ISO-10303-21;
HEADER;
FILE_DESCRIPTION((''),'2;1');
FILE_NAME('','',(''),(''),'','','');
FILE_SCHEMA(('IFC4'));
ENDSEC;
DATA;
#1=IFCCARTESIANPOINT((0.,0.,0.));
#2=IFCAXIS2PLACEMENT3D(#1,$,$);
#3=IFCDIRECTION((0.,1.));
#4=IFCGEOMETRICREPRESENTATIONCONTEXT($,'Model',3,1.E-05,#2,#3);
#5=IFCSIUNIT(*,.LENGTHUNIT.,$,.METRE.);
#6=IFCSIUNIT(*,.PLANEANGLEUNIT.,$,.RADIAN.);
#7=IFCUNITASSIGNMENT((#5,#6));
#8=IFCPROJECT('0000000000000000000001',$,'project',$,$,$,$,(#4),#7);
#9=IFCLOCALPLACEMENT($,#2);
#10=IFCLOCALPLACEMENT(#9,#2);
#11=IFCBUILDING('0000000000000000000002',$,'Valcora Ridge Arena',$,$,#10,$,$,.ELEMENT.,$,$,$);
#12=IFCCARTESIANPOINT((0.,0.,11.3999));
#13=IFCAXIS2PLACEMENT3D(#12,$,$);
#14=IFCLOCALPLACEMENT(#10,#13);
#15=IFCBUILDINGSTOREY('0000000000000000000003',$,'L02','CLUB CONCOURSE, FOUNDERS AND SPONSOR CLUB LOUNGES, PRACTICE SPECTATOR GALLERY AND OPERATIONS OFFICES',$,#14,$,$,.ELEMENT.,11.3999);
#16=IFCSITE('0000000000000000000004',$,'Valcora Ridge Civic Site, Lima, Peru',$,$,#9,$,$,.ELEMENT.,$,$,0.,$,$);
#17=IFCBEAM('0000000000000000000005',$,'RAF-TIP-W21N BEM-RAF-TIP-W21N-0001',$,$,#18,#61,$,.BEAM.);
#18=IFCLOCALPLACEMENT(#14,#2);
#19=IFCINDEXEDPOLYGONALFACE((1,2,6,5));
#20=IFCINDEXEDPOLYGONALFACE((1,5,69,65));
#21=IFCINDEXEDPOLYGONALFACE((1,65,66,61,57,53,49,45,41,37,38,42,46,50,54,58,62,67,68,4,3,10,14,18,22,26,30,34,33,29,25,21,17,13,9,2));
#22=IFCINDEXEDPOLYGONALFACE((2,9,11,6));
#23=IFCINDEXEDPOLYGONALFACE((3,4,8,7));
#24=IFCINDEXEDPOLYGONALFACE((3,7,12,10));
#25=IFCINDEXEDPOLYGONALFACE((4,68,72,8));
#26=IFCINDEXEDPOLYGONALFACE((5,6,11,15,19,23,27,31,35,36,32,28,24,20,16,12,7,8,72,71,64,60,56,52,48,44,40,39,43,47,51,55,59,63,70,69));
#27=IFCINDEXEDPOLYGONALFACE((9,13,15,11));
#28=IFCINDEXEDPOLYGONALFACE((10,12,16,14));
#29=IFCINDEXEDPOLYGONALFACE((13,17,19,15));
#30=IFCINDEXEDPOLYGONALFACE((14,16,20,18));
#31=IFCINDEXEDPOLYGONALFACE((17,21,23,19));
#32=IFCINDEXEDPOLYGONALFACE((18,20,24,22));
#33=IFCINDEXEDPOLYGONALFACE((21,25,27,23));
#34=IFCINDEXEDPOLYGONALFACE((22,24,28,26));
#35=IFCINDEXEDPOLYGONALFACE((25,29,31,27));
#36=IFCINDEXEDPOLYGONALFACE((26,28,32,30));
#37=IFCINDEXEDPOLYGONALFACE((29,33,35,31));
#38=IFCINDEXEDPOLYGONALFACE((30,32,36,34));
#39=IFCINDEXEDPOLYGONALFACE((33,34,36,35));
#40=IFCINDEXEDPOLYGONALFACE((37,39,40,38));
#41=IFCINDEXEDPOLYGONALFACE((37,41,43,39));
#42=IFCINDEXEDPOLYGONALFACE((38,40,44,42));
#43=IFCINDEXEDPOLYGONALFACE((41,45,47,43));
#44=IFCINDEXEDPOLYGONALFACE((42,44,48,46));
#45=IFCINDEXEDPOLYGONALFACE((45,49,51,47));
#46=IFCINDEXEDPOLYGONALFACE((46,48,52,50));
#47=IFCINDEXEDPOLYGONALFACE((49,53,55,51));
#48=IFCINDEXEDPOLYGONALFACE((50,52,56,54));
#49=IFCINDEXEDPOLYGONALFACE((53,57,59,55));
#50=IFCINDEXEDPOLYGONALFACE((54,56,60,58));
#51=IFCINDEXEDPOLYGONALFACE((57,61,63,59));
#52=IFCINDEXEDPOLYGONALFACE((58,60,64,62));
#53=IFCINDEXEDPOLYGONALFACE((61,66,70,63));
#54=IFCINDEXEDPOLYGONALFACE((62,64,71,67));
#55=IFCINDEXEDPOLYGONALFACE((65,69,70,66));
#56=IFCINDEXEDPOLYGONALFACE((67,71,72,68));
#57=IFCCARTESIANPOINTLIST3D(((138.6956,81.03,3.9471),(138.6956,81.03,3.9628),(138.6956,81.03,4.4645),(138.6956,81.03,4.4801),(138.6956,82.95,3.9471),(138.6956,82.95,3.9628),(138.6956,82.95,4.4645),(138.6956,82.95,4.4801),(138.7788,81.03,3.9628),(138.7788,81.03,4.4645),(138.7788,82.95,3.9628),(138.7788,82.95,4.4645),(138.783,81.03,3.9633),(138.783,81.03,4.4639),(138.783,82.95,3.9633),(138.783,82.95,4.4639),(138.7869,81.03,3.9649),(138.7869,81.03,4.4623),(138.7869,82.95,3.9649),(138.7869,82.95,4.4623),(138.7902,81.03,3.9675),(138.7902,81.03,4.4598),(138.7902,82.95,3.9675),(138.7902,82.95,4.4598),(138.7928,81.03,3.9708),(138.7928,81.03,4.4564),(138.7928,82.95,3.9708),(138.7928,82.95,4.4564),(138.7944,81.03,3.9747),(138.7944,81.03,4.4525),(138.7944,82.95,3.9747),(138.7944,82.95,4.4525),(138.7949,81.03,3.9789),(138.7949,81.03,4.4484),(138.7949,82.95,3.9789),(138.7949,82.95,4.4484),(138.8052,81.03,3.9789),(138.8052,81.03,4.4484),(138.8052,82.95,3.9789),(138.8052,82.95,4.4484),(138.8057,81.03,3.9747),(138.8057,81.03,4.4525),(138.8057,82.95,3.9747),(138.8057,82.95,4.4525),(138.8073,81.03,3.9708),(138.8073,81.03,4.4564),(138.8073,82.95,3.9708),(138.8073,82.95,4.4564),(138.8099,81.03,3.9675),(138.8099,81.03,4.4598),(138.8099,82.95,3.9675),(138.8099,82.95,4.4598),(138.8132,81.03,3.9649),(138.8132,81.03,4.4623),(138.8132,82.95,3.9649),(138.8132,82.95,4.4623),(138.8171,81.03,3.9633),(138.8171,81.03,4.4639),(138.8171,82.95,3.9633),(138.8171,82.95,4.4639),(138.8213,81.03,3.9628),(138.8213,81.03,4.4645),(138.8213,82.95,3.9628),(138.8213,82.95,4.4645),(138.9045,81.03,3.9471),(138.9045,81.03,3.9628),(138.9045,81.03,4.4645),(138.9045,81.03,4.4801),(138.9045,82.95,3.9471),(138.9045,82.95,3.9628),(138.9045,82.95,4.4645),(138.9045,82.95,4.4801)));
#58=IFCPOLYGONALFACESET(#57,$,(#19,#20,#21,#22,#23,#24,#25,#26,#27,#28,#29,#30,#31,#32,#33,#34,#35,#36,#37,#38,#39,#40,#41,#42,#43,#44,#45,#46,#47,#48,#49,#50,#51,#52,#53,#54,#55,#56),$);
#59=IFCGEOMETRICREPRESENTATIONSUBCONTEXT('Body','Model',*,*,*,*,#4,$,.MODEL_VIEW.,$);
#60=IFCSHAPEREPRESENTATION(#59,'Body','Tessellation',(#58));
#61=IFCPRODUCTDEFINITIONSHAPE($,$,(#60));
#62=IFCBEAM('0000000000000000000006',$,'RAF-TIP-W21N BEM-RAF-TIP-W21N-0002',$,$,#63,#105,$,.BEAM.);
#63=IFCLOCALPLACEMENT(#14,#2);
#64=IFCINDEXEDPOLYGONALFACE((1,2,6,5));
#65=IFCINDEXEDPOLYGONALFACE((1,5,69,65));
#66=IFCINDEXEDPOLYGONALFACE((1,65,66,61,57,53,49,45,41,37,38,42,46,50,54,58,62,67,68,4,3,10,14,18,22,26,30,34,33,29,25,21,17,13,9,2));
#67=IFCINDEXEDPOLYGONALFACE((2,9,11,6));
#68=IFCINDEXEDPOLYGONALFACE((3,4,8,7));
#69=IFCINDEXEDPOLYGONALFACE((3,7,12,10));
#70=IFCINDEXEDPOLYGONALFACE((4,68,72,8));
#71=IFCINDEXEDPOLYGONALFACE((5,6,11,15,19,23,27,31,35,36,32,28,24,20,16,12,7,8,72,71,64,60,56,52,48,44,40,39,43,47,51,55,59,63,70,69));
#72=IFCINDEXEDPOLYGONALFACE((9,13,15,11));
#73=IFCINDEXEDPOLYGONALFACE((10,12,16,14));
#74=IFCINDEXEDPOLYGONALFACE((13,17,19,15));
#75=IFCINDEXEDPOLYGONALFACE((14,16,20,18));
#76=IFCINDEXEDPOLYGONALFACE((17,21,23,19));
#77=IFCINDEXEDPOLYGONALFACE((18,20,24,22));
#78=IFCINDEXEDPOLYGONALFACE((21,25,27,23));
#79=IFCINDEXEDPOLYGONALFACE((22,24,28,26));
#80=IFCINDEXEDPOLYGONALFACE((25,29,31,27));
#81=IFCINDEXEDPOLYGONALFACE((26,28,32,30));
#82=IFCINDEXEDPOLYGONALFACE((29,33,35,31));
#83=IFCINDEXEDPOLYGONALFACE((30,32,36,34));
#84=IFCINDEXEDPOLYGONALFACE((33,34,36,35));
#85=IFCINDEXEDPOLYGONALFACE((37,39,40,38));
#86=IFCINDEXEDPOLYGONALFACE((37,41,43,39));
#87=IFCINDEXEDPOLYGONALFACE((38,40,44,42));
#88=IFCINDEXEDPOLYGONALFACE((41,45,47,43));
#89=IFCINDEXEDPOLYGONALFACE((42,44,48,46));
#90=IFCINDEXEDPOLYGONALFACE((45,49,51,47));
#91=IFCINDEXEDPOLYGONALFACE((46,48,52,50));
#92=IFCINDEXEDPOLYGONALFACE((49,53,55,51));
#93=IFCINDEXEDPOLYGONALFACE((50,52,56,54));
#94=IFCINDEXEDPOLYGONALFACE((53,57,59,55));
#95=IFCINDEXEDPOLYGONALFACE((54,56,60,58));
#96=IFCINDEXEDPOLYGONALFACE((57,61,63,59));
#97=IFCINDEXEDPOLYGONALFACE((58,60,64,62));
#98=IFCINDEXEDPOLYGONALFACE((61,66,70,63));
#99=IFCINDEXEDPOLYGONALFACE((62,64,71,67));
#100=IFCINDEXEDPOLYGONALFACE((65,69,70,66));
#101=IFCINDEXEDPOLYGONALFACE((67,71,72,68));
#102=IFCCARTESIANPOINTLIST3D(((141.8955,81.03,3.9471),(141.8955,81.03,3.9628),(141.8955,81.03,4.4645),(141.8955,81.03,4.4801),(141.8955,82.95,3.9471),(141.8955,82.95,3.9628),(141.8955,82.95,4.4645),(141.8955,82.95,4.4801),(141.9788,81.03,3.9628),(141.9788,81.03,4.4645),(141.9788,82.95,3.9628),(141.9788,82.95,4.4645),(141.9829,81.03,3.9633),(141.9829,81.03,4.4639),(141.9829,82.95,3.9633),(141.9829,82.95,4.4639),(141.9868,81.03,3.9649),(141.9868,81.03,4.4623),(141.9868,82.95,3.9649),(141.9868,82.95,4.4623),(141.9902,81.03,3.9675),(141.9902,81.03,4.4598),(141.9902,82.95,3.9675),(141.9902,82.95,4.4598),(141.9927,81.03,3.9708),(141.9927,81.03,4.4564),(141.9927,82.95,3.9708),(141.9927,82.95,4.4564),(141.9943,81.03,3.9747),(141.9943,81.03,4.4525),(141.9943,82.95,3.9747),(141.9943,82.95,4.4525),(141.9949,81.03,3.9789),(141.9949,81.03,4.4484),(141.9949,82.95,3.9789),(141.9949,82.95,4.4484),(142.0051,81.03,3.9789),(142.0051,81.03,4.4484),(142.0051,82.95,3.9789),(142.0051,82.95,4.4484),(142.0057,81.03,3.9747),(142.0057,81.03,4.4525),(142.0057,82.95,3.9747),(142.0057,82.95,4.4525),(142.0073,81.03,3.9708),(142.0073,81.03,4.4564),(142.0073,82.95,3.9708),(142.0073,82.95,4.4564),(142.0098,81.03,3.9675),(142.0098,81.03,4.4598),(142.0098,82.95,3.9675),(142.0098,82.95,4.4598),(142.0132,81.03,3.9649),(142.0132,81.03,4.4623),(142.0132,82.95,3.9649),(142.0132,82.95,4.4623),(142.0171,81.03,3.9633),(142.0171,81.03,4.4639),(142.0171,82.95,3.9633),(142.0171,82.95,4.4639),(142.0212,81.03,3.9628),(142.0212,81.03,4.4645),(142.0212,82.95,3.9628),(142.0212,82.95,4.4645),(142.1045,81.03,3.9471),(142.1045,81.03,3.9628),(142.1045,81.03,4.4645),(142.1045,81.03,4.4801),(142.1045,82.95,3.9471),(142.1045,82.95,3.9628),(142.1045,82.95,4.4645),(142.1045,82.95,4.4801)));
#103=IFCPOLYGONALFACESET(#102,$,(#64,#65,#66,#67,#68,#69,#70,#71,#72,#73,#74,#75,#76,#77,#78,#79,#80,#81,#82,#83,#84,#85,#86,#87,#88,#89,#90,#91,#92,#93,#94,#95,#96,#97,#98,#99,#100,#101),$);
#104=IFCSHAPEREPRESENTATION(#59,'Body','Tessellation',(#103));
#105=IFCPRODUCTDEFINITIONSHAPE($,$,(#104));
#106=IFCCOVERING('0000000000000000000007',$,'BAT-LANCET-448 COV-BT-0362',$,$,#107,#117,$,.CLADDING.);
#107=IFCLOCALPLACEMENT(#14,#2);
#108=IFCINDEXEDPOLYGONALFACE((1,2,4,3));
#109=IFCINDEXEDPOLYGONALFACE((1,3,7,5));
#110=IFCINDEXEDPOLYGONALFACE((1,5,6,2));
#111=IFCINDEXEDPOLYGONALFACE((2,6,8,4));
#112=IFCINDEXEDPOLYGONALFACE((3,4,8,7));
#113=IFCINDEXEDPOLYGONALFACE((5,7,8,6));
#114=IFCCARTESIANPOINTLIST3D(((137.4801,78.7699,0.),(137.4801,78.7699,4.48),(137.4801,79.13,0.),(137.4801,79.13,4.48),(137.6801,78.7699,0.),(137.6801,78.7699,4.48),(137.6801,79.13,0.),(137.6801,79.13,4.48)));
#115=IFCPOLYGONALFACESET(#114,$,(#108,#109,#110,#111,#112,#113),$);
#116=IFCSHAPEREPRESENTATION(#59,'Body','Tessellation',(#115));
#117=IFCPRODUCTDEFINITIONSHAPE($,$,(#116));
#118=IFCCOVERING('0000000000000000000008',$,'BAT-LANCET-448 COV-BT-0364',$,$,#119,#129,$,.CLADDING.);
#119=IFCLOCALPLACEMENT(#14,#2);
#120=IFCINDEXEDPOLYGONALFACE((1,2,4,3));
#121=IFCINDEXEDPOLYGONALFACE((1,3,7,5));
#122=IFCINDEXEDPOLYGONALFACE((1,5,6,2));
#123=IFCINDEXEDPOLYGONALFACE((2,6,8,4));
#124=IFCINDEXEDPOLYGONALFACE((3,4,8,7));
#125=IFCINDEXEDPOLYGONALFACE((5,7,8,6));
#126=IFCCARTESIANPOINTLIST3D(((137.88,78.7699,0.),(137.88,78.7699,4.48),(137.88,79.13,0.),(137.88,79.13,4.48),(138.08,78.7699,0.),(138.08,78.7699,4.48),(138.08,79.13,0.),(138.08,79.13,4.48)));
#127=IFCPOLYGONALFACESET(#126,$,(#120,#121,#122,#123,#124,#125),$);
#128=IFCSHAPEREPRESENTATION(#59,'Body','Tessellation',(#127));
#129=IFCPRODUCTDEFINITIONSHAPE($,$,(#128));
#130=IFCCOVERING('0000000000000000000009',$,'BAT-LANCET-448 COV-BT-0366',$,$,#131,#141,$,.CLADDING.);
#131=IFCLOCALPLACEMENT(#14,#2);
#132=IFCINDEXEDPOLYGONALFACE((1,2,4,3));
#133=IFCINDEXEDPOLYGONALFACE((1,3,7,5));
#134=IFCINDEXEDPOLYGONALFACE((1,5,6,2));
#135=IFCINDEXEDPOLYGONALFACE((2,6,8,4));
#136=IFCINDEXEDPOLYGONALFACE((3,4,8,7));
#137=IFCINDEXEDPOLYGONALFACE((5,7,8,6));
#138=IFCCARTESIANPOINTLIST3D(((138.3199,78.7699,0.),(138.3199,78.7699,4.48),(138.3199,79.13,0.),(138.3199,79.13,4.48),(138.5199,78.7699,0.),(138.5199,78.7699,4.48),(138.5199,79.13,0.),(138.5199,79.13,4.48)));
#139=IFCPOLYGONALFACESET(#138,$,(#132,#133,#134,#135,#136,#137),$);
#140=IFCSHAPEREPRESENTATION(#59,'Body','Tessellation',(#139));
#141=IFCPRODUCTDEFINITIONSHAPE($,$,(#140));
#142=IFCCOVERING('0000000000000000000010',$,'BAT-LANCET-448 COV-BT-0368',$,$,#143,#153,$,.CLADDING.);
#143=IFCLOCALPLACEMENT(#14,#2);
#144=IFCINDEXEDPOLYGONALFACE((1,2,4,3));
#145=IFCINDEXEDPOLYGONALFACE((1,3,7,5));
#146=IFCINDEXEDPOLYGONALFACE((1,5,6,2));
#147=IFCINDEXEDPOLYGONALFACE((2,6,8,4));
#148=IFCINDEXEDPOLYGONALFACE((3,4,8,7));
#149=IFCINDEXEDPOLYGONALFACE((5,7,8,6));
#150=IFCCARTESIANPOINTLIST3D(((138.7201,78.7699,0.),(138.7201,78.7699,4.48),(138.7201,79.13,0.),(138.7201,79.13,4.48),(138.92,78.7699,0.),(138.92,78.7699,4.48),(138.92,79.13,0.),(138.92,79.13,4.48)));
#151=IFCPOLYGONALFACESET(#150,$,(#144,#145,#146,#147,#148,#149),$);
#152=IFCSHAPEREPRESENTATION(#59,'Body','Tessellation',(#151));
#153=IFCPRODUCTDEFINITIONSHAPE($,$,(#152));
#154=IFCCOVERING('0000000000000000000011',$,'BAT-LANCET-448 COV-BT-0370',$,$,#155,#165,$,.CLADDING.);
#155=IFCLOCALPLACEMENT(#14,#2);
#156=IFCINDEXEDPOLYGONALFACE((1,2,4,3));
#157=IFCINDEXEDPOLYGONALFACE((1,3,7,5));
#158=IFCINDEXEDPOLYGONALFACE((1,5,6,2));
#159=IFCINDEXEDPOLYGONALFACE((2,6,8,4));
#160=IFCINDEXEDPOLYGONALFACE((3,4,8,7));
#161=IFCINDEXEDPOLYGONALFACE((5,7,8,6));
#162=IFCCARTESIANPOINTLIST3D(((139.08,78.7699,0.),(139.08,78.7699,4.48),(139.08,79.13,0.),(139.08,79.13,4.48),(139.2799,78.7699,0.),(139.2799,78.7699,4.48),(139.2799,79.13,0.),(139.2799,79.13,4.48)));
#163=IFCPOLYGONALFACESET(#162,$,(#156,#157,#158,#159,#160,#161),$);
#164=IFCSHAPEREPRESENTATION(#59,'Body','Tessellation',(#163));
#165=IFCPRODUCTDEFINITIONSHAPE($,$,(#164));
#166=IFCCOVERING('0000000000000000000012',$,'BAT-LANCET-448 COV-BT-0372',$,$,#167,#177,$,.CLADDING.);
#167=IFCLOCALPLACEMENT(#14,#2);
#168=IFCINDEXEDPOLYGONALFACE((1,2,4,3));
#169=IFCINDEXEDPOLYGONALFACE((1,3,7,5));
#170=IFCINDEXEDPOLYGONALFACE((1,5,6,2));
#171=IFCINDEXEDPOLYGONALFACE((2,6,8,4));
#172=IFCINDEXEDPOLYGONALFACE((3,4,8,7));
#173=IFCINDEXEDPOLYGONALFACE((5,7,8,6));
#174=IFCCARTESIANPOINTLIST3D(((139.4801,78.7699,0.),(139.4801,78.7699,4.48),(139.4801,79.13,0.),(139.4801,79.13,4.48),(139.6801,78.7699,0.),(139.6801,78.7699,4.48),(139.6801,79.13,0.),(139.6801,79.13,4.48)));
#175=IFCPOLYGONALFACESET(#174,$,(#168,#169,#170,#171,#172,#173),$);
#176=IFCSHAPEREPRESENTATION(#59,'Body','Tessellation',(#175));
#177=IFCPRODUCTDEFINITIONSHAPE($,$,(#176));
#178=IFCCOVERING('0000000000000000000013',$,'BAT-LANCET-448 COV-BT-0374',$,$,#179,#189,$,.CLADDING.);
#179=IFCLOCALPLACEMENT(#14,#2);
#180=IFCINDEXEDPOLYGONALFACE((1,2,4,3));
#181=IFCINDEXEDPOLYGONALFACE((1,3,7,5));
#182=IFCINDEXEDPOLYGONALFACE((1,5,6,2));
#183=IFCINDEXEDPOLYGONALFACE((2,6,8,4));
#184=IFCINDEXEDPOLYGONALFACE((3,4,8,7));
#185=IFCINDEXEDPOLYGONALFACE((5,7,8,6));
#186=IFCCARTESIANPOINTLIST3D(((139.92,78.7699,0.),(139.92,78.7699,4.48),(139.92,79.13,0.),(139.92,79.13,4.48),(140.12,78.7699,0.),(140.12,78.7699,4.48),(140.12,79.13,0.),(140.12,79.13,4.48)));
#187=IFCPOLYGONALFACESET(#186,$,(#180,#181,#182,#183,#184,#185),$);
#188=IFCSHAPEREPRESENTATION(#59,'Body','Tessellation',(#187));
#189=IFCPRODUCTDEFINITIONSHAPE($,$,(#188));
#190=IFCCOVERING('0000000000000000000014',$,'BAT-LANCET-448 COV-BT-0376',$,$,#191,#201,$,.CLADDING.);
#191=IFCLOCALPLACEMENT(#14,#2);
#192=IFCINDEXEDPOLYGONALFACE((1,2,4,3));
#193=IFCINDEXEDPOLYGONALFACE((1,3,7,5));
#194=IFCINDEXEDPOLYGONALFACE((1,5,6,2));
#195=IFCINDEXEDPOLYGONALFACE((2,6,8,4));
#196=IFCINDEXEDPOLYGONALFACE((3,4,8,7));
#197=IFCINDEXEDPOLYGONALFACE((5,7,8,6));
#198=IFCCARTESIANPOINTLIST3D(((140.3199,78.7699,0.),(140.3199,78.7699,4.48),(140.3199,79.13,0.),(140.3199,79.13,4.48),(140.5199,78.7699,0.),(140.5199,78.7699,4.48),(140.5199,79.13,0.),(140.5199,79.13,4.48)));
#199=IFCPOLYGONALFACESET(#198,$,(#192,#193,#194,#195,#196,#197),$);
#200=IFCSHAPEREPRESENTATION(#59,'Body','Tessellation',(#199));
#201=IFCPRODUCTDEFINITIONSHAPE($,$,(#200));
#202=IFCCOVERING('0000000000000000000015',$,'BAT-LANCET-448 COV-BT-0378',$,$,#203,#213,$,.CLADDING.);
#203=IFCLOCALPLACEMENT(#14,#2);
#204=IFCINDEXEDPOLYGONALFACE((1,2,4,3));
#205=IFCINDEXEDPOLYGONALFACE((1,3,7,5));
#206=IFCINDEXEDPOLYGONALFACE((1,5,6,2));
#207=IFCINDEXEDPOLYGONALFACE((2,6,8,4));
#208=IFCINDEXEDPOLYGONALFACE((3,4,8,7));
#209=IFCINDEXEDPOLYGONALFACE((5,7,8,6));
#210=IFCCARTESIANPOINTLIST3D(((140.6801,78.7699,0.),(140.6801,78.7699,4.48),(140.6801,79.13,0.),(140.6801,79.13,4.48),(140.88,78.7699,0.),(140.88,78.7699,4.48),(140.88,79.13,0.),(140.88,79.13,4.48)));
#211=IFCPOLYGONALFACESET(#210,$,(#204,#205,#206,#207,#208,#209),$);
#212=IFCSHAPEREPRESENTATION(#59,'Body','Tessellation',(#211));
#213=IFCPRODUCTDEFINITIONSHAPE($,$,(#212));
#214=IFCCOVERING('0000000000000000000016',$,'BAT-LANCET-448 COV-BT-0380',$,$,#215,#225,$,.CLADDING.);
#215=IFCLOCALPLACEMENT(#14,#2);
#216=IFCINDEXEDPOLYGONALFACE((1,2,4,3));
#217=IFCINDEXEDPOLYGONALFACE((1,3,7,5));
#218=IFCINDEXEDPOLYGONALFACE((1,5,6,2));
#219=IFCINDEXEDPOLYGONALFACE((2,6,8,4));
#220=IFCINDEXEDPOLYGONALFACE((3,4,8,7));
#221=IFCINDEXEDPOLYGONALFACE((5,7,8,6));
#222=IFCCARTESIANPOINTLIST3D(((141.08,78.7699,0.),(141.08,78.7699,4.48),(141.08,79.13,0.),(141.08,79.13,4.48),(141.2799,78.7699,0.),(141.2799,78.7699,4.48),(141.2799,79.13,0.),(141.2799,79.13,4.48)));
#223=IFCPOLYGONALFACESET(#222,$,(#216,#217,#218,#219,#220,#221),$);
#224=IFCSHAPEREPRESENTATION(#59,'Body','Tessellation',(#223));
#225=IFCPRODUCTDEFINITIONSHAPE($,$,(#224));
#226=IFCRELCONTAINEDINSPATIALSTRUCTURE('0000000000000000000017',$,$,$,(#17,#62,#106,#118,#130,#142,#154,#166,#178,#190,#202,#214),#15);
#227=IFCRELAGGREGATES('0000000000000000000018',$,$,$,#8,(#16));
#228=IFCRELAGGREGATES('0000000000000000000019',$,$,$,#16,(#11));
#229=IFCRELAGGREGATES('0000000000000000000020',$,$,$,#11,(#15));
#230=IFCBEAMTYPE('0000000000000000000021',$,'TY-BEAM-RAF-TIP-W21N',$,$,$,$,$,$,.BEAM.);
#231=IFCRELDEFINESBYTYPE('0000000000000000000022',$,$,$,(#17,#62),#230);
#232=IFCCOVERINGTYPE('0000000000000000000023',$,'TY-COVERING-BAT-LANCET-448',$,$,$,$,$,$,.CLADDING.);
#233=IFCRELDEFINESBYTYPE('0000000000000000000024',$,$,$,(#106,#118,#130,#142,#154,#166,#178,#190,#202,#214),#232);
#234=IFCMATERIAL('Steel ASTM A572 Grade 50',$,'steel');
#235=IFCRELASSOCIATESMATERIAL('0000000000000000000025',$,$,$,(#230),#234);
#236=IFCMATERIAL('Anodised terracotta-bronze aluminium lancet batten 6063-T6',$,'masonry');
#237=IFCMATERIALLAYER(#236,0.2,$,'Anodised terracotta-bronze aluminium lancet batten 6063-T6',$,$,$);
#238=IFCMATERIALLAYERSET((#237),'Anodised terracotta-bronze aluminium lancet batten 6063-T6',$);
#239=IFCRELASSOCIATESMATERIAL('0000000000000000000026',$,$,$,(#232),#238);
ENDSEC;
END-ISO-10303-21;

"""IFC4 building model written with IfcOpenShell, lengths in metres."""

from ifc_helpers import new_model, si_unit, direction, frame, origin, origin_2d, place, context, subcontext, project, spatial, rectangle, i_section, extrude, material, layer, layer_set, material_profile, profile_set, type_object, element, save


model = new_model("IFC4")

# Units and contexts
model_context = context("Model", 3, precision=1e-05, world=origin(), true_north=direction((0.0, 1.0)))
body_context = subcontext(model_context, "Body", "Model", "MODEL_VIEW")
ifc_project = project(units=[si_unit("LENGTHUNIT", "METRE"), si_unit("PLANEANGLEUNIT", "RADIAN")], contexts=[model_context])

# Site, building, storey
site_placement = place(None, origin())
site = spatial("IfcSite", under=ifc_project, at=site_placement, Name="Valcora Ridge Civic Site, Lima, Peru", CompositionType="ELEMENT", RefElevation=0.0)
building_placement = place(site_placement, origin())
building = spatial("IfcBuilding", under=site, at=building_placement, Name="Valcora Ridge Arena", CompositionType="ELEMENT")
storey_placement = place(building_placement, frame((0.0, 0.0, 11.3999)))
storey = spatial("IfcBuildingStorey", under=building, at=storey_placement, Name="L02", Description="CLUB CONCOURSE, FOUNDERS AND SPONSOR CLUB LOUNGES, PRACTICE SPECTATOR GALLERY AND OPERATIONS OFFICES", CompositionType="ELEMENT", Elevation=11.3999)

# Beams
ifc_material_1 = material(Name="Steel ASTM A572 Grade 50", Category="steel")
ifc_material_profile_1 = material_profile(ifc_material_1, i_section(OverallWidth=0.209, OverallDepth=0.533, WebThickness=0.0103, FlangeThickness=0.0156, FilletRadius=0.0161, at=origin_2d()), Name="W21X62")
ifc_profile_set_1 = profile_set([ifc_material_profile_1], Name="Steel ASTM A572 Grade 50")
beam_type = type_object("IfcBeamType", Name="TY-BEAM-RAF-TIP-W21N", PredefinedType="BEAM", material=ifc_profile_set_1)
for number, where, z_axis, x_axis, name in (
    (1, (138.8, 81.03, 4.2136), (0.0, 1.0, 0.0), (-1.0, 0.0, 0.0), "RAF-TIP-W21N BEM-RAF-TIP-W21N-0001"),
    (2, (142.0, 81.03, 4.2136), (0.0, 1.0, 0.0), (-1.0, 0.0, 0.0), "RAF-TIP-W21N BEM-RAF-TIP-W21N-0002"),
):
    element("IfcBeam", number, at=place(storey_placement, frame(where, z_axis=z_axis, x_axis=x_axis)), inside=storey, type_object=beam_type, Name=name, PredefinedType="BEAM", context=body_context, shape_type="SweptSolid", body=[
        extrude(i_section(OverallWidth=0.209, OverallDepth=0.533, WebThickness=0.0103, FlangeThickness=0.0156, FilletRadius=0.0161, at=origin_2d()), origin(), (0.0, 0.0, 1.0), 1.9199),
    ])

# Coverings
ifc_material_2 = material(Name="Anodised terracotta-bronze aluminium lancet batten 6063-T6", Category="masonry")
ifc_layer_1 = layer(ifc_material_2, 0.2, Name="Anodised terracotta-bronze aluminium lancet batten 6063-T6")
ifc_layer_set_1 = layer_set([ifc_layer_1], Name="Anodised terracotta-bronze aluminium lancet batten 6063-T6")
covering_type = type_object("IfcCoveringType", Name="TY-COVERING-BAT-LANCET-448", PredefinedType="CLADDING", material=ifc_layer_set_1)
for number, where, z_axis, x_axis, name in (
    (3, (137.5801, 78.95, 0.0), (0.0, 0.0, 1.0), (1.0, 0.0, 0.0), "BAT-LANCET-448 COV-BT-0362"),
    (4, (137.98, 78.95, 0.0), (0.0, 0.0, 1.0), (1.0, 0.0, 0.0), "BAT-LANCET-448 COV-BT-0364"),
    (5, (138.4199, 78.95, 0.0), (0.0, 0.0, 1.0), (1.0, 0.0, 0.0), "BAT-LANCET-448 COV-BT-0366"),
    (6, (138.8201, 78.95, 0.0), (0.0, 0.0, 1.0), (1.0, 0.0, 0.0), "BAT-LANCET-448 COV-BT-0368"),
    (7, (139.1799, 78.95, 0.0), (0.0, 0.0, 1.0), (1.0, 0.0, 0.0), "BAT-LANCET-448 COV-BT-0370"),
    (8, (139.5801, 78.95, 0.0), (0.0, 0.0, 1.0), (1.0, 0.0, 0.0), "BAT-LANCET-448 COV-BT-0372"),
    (9, (140.02, 78.95, 0.0), (0.0, 0.0, 1.0), (1.0, 0.0, 0.0), "BAT-LANCET-448 COV-BT-0374"),
    (10, (140.4199, 78.95, 0.0), (0.0, 0.0, 1.0), (1.0, 0.0, 0.0), "BAT-LANCET-448 COV-BT-0376"),
    (11, (140.78, 78.95, 0.0), (0.0, 0.0, 1.0), (1.0, 0.0, 0.0), "BAT-LANCET-448 COV-BT-0378"),
    (12, (141.1799, 78.95, 0.0), (0.0, 0.0, 1.0), (1.0, 0.0, 0.0), "BAT-LANCET-448 COV-BT-0380"),
):
    element("IfcCovering", number, at=place(storey_placement, frame(where, z_axis=z_axis, x_axis=x_axis)), inside=storey, type_object=covering_type, Name=name, PredefinedType="CLADDING", context=body_context, shape_type="SweptSolid", body=[
        extrude(rectangle(XDim=0.2, YDim=0.3601, at=origin_2d()), origin(), (0.0, 0.0, 1.0), 4.48),
    ])

save(model, "model.ifc")
